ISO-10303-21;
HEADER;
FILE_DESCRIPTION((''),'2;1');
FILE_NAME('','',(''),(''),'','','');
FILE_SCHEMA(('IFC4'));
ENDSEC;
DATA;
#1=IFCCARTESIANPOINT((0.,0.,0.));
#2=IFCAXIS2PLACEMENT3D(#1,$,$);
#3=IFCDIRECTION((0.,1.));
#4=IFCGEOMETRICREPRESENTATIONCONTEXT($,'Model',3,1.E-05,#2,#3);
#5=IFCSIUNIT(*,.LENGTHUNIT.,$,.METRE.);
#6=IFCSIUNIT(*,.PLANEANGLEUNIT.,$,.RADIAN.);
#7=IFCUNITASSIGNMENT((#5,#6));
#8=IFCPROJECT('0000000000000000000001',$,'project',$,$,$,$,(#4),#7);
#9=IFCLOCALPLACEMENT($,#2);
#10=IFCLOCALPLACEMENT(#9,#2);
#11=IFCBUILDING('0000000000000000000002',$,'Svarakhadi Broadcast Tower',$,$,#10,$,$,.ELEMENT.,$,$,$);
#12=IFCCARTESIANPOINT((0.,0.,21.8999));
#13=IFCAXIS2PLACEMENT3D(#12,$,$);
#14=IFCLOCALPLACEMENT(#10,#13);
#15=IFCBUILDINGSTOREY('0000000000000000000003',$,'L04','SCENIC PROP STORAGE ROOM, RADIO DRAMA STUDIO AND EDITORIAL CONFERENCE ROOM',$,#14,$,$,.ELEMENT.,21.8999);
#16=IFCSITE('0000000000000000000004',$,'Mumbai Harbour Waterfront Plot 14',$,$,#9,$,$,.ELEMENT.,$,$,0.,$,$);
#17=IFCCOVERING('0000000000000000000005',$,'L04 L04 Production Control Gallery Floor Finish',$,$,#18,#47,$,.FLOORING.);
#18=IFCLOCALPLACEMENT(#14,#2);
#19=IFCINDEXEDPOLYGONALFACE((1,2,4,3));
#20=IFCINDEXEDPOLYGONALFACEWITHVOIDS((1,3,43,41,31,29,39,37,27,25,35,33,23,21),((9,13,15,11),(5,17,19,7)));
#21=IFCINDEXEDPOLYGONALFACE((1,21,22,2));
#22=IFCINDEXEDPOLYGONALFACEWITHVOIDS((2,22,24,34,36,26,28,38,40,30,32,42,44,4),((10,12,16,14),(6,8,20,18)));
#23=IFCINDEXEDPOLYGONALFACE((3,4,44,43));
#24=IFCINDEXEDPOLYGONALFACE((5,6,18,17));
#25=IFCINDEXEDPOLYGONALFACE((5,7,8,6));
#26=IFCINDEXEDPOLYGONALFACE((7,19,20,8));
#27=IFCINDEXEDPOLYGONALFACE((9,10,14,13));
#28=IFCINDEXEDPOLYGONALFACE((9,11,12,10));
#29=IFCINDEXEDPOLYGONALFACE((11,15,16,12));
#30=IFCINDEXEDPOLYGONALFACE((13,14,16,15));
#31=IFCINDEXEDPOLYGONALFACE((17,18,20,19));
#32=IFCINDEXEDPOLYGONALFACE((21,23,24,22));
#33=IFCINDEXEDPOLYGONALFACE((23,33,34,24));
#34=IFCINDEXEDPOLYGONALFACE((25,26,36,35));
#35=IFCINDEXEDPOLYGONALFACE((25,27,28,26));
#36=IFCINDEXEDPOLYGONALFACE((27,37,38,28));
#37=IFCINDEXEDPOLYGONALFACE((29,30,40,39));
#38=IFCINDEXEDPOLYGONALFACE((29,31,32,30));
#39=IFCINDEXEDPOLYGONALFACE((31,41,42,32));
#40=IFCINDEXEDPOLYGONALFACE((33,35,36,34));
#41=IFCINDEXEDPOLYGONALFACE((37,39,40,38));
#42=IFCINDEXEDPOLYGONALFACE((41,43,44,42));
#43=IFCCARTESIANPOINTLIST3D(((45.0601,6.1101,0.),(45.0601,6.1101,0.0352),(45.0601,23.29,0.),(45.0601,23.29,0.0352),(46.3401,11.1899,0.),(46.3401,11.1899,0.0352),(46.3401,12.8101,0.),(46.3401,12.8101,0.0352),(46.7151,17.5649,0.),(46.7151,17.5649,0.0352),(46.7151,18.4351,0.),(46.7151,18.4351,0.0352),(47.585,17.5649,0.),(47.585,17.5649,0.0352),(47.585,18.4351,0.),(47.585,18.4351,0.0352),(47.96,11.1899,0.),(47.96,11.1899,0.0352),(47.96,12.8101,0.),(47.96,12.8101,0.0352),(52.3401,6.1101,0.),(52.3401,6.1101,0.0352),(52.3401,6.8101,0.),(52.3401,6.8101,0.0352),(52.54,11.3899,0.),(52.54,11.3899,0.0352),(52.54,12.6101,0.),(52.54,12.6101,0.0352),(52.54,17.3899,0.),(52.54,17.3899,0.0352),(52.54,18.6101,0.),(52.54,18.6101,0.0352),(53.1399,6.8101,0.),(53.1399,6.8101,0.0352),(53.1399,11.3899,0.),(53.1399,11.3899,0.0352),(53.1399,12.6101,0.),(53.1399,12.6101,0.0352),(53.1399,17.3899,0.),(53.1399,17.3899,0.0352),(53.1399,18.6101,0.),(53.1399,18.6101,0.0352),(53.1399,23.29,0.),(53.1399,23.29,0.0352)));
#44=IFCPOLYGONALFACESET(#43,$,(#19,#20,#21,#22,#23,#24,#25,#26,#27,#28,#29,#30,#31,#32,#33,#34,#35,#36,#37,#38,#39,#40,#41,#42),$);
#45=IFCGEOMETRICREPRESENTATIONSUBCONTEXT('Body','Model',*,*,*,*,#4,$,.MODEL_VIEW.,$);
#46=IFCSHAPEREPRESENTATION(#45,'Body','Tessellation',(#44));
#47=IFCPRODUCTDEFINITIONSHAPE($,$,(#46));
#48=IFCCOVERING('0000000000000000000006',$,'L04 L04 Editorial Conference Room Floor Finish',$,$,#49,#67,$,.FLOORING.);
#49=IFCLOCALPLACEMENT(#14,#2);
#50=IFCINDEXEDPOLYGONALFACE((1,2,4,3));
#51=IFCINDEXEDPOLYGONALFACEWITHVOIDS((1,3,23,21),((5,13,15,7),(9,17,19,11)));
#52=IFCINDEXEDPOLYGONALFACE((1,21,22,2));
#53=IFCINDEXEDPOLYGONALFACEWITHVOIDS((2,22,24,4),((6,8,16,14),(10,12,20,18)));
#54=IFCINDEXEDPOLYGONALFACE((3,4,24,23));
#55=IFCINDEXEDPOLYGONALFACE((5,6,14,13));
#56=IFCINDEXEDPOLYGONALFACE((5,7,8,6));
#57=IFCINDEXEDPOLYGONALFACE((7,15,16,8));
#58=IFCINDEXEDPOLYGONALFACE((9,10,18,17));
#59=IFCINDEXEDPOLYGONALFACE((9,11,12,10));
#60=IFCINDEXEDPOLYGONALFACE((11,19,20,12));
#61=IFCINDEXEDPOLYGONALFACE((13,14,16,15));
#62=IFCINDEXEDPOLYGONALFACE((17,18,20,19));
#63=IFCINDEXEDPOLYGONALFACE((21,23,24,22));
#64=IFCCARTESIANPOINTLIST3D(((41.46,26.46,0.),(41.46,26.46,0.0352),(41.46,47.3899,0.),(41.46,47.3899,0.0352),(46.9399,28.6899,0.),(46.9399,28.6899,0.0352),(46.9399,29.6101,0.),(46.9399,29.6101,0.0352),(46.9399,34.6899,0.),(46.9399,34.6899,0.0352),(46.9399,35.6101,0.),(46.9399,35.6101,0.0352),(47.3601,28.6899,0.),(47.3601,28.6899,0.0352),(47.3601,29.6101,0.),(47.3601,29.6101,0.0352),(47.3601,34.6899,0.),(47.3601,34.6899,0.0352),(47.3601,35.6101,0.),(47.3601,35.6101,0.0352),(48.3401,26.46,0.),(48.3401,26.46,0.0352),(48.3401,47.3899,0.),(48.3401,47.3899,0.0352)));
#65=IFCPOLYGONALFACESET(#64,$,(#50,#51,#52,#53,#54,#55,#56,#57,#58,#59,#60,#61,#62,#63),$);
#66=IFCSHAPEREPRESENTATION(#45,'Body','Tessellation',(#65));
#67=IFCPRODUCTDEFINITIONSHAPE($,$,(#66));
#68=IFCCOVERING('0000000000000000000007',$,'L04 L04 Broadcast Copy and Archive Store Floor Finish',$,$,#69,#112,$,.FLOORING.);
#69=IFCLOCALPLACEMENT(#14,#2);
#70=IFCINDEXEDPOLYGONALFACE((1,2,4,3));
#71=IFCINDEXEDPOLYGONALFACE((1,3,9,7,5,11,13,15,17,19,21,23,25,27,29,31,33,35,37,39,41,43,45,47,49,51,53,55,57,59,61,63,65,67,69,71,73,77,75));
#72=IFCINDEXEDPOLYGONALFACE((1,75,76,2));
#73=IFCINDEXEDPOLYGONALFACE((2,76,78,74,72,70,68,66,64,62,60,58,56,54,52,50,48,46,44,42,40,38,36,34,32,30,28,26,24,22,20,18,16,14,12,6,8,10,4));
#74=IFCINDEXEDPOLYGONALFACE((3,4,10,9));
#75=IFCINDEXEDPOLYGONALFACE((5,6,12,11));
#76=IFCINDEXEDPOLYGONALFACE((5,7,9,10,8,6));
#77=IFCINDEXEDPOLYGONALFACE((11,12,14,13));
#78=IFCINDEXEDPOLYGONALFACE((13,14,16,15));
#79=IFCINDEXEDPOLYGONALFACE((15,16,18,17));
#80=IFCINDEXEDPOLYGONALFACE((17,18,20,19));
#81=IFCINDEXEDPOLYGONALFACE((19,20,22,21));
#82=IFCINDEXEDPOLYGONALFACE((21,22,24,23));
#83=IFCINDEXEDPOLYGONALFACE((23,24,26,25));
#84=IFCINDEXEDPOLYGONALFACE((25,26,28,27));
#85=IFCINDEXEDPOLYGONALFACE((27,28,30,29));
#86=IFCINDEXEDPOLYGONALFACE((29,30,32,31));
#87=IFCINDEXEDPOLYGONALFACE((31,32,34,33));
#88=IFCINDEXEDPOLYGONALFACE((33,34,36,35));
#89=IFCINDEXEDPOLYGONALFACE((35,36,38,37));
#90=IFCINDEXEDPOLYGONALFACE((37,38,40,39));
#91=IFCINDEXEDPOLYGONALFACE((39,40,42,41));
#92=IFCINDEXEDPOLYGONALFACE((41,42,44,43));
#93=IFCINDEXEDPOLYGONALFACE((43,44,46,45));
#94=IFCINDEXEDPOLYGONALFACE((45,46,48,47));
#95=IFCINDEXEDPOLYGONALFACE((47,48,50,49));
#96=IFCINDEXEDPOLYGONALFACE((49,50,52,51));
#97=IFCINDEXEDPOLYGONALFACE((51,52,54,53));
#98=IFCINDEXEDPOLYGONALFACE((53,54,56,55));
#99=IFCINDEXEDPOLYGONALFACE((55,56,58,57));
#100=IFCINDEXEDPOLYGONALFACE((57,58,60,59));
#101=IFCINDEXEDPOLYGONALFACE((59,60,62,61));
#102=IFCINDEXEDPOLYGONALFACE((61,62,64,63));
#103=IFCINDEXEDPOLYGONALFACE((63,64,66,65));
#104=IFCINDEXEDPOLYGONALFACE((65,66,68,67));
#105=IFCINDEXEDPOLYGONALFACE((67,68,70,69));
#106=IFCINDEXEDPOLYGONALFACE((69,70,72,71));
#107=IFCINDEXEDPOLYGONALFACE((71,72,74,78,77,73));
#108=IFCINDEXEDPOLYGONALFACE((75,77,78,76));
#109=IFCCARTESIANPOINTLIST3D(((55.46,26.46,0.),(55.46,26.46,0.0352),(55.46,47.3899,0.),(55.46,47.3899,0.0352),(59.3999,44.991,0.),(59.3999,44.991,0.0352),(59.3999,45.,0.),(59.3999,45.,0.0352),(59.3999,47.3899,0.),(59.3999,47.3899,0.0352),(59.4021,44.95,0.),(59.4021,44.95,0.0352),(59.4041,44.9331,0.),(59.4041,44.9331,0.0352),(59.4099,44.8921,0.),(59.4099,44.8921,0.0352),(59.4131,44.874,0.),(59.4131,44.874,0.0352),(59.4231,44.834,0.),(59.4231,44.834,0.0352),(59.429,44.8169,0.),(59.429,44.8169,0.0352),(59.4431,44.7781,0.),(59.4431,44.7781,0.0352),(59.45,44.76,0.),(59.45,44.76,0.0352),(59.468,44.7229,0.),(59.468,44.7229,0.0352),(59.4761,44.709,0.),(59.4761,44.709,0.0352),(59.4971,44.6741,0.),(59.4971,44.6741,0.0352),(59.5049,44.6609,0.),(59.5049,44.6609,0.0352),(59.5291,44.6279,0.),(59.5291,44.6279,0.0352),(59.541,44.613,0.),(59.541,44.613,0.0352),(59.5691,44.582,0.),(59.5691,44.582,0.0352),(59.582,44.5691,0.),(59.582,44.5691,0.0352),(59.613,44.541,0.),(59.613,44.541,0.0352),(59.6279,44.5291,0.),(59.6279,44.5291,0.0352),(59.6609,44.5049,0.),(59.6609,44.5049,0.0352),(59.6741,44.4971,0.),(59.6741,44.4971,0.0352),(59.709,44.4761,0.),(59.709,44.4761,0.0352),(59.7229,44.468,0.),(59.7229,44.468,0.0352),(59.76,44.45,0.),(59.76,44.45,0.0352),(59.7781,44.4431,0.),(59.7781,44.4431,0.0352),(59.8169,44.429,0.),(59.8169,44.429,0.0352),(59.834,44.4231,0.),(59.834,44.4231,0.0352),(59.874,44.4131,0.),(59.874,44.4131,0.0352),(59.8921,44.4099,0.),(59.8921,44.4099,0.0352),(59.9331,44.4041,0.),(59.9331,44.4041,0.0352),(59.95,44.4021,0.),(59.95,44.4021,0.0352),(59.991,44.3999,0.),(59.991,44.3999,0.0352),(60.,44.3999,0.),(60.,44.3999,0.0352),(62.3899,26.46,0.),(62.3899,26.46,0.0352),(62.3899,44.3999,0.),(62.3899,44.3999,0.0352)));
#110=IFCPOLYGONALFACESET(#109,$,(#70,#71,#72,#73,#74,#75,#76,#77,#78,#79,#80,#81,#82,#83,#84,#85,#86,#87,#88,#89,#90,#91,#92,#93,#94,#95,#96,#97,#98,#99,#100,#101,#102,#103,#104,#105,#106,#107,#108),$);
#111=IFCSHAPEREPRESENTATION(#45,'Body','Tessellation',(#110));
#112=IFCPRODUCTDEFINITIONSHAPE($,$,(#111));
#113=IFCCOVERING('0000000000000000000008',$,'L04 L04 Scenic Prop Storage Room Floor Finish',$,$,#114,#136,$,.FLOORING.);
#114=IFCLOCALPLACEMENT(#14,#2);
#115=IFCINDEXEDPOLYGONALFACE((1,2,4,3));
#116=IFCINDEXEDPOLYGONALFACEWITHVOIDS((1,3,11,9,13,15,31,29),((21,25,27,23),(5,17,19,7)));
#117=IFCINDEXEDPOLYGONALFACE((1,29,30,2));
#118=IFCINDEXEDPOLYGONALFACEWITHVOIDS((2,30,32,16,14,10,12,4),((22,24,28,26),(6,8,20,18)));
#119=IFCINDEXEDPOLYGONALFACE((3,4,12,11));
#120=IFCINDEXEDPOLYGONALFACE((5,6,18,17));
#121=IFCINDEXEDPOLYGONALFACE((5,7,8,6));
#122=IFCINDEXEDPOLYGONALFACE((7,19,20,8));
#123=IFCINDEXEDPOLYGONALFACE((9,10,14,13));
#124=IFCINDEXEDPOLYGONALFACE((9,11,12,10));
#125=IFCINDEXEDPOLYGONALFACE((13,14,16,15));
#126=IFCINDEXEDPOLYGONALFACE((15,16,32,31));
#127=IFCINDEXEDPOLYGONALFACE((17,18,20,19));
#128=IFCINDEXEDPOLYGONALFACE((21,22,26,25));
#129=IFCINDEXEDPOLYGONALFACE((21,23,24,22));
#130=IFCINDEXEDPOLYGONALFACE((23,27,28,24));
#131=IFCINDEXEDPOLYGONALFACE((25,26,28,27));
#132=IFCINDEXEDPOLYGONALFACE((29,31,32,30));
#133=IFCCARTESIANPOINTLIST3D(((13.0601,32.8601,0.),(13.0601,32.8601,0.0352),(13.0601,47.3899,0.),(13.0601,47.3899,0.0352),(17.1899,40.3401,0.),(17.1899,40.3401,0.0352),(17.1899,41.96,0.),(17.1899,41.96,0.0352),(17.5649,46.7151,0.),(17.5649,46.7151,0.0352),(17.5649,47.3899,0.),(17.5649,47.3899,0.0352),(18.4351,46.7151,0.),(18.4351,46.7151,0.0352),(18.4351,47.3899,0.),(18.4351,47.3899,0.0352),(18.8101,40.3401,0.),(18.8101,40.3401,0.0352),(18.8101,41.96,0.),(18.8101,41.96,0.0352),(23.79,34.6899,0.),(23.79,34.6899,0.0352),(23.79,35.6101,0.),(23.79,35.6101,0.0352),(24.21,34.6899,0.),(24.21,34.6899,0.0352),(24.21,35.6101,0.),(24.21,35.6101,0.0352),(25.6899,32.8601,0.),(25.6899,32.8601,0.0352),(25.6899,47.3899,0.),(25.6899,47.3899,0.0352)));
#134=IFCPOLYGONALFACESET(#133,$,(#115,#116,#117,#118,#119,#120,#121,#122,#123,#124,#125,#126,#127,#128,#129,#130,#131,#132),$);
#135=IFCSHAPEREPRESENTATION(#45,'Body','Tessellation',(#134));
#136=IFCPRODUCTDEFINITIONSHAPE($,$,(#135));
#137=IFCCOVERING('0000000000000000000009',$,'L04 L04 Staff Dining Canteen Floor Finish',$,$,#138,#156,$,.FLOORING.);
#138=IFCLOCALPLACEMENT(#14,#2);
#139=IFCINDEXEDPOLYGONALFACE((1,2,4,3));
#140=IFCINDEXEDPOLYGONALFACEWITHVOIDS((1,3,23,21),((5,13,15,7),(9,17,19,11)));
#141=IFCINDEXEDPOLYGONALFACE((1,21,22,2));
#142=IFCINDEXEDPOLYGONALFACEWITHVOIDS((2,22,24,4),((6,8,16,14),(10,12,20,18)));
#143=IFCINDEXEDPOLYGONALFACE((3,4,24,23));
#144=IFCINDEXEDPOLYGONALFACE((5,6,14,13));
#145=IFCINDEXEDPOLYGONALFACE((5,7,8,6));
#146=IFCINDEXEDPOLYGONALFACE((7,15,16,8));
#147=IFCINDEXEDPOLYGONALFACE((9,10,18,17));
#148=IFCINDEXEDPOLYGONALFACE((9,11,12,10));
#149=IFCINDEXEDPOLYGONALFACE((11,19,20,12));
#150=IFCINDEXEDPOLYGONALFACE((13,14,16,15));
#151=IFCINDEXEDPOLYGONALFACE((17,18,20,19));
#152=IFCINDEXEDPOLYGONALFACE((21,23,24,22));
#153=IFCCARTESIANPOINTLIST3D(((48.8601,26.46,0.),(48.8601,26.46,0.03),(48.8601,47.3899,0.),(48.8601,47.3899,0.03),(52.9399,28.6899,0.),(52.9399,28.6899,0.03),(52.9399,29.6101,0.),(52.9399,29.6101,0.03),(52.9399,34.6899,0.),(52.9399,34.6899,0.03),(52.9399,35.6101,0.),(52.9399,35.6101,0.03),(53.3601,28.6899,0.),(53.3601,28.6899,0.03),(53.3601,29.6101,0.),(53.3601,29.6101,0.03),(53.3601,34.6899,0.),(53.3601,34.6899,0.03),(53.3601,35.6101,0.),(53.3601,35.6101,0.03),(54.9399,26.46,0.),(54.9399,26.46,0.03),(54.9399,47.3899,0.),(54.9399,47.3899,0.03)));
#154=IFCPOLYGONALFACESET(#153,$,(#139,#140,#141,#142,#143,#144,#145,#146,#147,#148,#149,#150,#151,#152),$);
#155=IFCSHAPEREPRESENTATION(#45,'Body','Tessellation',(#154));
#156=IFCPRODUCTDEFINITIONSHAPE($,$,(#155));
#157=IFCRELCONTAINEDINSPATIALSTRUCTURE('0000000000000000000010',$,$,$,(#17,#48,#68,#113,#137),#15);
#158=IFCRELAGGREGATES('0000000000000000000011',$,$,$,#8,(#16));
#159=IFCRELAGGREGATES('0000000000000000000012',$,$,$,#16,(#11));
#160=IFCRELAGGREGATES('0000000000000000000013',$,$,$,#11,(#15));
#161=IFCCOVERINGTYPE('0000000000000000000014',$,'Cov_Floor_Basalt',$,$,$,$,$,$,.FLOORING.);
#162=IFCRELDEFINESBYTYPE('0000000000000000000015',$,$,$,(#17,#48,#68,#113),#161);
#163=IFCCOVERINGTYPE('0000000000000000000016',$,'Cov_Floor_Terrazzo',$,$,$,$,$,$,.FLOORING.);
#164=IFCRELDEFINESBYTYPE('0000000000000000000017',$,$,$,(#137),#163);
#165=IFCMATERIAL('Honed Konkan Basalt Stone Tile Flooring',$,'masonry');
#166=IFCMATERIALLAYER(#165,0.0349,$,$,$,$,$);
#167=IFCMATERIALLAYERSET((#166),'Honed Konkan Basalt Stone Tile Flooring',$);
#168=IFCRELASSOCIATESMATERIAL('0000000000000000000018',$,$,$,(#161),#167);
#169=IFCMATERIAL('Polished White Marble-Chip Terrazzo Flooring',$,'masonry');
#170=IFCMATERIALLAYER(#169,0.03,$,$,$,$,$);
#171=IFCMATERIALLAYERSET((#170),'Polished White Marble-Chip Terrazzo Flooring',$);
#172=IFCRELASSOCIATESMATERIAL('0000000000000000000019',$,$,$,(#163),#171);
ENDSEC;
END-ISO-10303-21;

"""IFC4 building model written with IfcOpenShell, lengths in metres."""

from ifc_helpers import new_model, si_unit, direction, frame, origin, place, context, subcontext, project, spatial, polyline, outline, extrude, material, layer, layer_set, type_object, element, save


model = new_model("IFC4")

# Units and contexts
model_context = context("Model", 3, precision=1e-05, world=origin(), true_north=direction((0.0, 1.0)))
body_context = subcontext(model_context, "Body", "Model", "MODEL_VIEW")
ifc_project = project(units=[si_unit("LENGTHUNIT", "METRE"), si_unit("PLANEANGLEUNIT", "RADIAN")], contexts=[model_context])

# Site, building, storey
site_placement = place(None, origin())
site = spatial("IfcSite", under=ifc_project, at=site_placement, Name="Mumbai Harbour Waterfront Plot 14", CompositionType="ELEMENT", RefElevation=0.0)
building_placement = place(site_placement, origin())
building = spatial("IfcBuilding", under=site, at=building_placement, Name="Svarakhadi Broadcast Tower", CompositionType="ELEMENT")
storey_placement = place(building_placement, frame((0.0, 0.0, 21.8999)))
storey = spatial("IfcBuildingStorey", under=building, at=storey_placement, Name="L04", Description="SCENIC PROP STORAGE ROOM, RADIO DRAMA STUDIO AND EDITORIAL CONFERENCE ROOM", CompositionType="ELEMENT", Elevation=21.8999)

# Coverings
ifc_material_1 = material(Name="Honed Konkan Basalt Stone Tile Flooring", Category="masonry")
ifc_layer_1 = layer(ifc_material_1, 0.0349)
ifc_layer_set_1 = layer_set([ifc_layer_1], Name="Honed Konkan Basalt Stone Tile Flooring")
covering_type_1 = type_object("IfcCoveringType", Name="Cov_Floor_Basalt", PredefinedType="FLOORING", material=ifc_layer_set_1)
covering_1_placement = place(storey_placement, origin())
element("IfcCovering", 1, at=covering_1_placement, inside=storey, type_object=covering_type_1, Name="L04 L04 Production Control Gallery Floor Finish", PredefinedType="FLOORING", context=body_context, shape_type="SweptSolid", body=[
    extrude(outline(polyline([(53.1399, 23.29), (53.1399, 18.6101), (52.54, 18.6101), (52.54, 17.3899), (53.1399, 17.3899), (53.1399, 12.6101), (52.54, 12.6101), (52.54, 11.3899), (53.1399, 11.3899), (53.1399, 6.8101), (52.3401, 6.8101), (52.3401, 6.1101), (45.0601, 6.1101), (45.0601, 23.29), (53.1399, 23.29)]), holes=[polyline([(46.3401, 11.1899), (47.96, 11.1899), (47.96, 12.8101), (46.3401, 12.8101), (46.3401, 11.1899)]), polyline([(46.7151, 17.5649), (47.585, 17.5649), (47.585, 18.4351), (46.7151, 18.4351), (46.7151, 17.5649)])]), origin(), (0.0, 0.0, 1.0), 0.0352),
])
covering_2_placement = place(storey_placement, origin())
element("IfcCovering", 2, at=covering_2_placement, inside=storey, type_object=covering_type_1, Name="L04 L04 Editorial Conference Room Floor Finish", PredefinedType="FLOORING", context=body_context, shape_type="SweptSolid", body=[
    extrude(outline(polyline([(48.3401, 47.3899), (48.3401, 26.46), (41.46, 26.46), (41.46, 47.3899), (48.3401, 47.3899)]), holes=[polyline([(46.9399, 28.6899), (47.3601, 28.6899), (47.3601, 29.6101), (46.9399, 29.6101), (46.9399, 28.6899)]), polyline([(46.9399, 34.6899), (47.3601, 34.6899), (47.3601, 35.6101), (46.9399, 35.6101), (46.9399, 34.6899)])]), origin(), (0.0, 0.0, 1.0), 0.0352),
])
covering_3_placement = place(storey_placement, origin())
element("IfcCovering", 3, at=covering_3_placement, inside=storey, type_object=covering_type_1, Name="L04 L04 Broadcast Copy and Archive Store Floor Finish", PredefinedType="FLOORING", context=body_context, shape_type="SweptSolid", body=[
    extrude(outline(polyline([(55.46, 47.3899), (59.3999, 47.3899), (59.3999, 45.0), (59.3999, 44.991), (59.4021, 44.95), (59.4041, 44.9331), (59.4099, 44.8921), (59.4131, 44.874), (59.4231, 44.834), (59.429, 44.8169), (59.4431, 44.7781), (59.45, 44.76), (59.468, 44.7229), (59.4761, 44.709), (59.4971, 44.6741), (59.5049, 44.6609), (59.5291, 44.6279), (59.541, 44.613), (59.5691, 44.582), (59.582, 44.5691), (59.613, 44.541), (59.6279, 44.5291), (59.6609, 44.5049), (59.6741, 44.4971), (59.709, 44.4761), (59.7229, 44.468), (59.76, 44.45), (59.7781, 44.4431), (59.8169, 44.429), (59.834, 44.4231), (59.874, 44.4131), (59.8921, 44.4099), (59.9331, 44.4041), (59.95, 44.4021), (59.991, 44.3999), (60.0, 44.3999), (62.3899, 44.3999), (62.3899, 26.46), (55.46, 26.46), (55.46, 47.3899)])), origin(), (0.0, 0.0, 1.0), 0.0352),
])
covering_4_placement = place(storey_placement, origin())
element("IfcCovering", 4, at=covering_4_placement, inside=storey, type_object=covering_type_1, Name="L04 L04 Scenic Prop Storage Room Floor Finish", PredefinedType="FLOORING", context=body_context, shape_type="SweptSolid", body=[
    extrude(outline(polyline([(17.5649, 47.3899), (17.5649, 46.7151), (18.4351, 46.7151), (18.4351, 47.3899), (25.6899, 47.3899), (25.6899, 32.8601), (13.0601, 32.8601), (13.0601, 47.3899), (17.5649, 47.3899)]), holes=[polyline([(23.79, 34.6899), (24.21, 34.6899), (24.21, 35.6101), (23.79, 35.6101), (23.79, 34.6899)]), polyline([(17.1899, 40.3401), (18.8101, 40.3401), (18.8101, 41.96), (17.1899, 41.96), (17.1899, 40.3401)])]), origin(), (0.0, 0.0, 1.0), 0.0352),
])
ifc_material_2 = material(Name="Polished White Marble-Chip Terrazzo Flooring", Category="masonry")
ifc_layer_2 = layer(ifc_material_2, 0.03)
ifc_layer_set_2 = layer_set([ifc_layer_2], Name="Polished White Marble-Chip Terrazzo Flooring")
covering_type_2 = type_object("IfcCoveringType", Name="Cov_Floor_Terrazzo", PredefinedType="FLOORING", material=ifc_layer_set_2)
covering_5_placement = place(storey_placement, origin())
element("IfcCovering", 5, at=covering_5_placement, inside=storey, type_object=covering_type_2, Name="L04 L04 Staff Dining Canteen Floor Finish", PredefinedType="FLOORING", context=body_context, shape_type="SweptSolid", body=[
    extrude(outline(polyline([(54.9399, 47.3899), (54.9399, 26.46), (48.8601, 26.46), (48.8601, 47.3899), (54.9399, 47.3899)]), holes=[polyline([(52.9399, 28.6899), (53.3601, 28.6899), (53.3601, 29.6101), (52.9399, 29.6101), (52.9399, 28.6899)]), polyline([(52.9399, 34.6899), (53.3601, 34.6899), (53.3601, 35.6101), (52.9399, 35.6101), (52.9399, 34.6899)])]), origin(), (0.0, 0.0, 1.0), 0.03),
])

save(model, "model.ifc")
